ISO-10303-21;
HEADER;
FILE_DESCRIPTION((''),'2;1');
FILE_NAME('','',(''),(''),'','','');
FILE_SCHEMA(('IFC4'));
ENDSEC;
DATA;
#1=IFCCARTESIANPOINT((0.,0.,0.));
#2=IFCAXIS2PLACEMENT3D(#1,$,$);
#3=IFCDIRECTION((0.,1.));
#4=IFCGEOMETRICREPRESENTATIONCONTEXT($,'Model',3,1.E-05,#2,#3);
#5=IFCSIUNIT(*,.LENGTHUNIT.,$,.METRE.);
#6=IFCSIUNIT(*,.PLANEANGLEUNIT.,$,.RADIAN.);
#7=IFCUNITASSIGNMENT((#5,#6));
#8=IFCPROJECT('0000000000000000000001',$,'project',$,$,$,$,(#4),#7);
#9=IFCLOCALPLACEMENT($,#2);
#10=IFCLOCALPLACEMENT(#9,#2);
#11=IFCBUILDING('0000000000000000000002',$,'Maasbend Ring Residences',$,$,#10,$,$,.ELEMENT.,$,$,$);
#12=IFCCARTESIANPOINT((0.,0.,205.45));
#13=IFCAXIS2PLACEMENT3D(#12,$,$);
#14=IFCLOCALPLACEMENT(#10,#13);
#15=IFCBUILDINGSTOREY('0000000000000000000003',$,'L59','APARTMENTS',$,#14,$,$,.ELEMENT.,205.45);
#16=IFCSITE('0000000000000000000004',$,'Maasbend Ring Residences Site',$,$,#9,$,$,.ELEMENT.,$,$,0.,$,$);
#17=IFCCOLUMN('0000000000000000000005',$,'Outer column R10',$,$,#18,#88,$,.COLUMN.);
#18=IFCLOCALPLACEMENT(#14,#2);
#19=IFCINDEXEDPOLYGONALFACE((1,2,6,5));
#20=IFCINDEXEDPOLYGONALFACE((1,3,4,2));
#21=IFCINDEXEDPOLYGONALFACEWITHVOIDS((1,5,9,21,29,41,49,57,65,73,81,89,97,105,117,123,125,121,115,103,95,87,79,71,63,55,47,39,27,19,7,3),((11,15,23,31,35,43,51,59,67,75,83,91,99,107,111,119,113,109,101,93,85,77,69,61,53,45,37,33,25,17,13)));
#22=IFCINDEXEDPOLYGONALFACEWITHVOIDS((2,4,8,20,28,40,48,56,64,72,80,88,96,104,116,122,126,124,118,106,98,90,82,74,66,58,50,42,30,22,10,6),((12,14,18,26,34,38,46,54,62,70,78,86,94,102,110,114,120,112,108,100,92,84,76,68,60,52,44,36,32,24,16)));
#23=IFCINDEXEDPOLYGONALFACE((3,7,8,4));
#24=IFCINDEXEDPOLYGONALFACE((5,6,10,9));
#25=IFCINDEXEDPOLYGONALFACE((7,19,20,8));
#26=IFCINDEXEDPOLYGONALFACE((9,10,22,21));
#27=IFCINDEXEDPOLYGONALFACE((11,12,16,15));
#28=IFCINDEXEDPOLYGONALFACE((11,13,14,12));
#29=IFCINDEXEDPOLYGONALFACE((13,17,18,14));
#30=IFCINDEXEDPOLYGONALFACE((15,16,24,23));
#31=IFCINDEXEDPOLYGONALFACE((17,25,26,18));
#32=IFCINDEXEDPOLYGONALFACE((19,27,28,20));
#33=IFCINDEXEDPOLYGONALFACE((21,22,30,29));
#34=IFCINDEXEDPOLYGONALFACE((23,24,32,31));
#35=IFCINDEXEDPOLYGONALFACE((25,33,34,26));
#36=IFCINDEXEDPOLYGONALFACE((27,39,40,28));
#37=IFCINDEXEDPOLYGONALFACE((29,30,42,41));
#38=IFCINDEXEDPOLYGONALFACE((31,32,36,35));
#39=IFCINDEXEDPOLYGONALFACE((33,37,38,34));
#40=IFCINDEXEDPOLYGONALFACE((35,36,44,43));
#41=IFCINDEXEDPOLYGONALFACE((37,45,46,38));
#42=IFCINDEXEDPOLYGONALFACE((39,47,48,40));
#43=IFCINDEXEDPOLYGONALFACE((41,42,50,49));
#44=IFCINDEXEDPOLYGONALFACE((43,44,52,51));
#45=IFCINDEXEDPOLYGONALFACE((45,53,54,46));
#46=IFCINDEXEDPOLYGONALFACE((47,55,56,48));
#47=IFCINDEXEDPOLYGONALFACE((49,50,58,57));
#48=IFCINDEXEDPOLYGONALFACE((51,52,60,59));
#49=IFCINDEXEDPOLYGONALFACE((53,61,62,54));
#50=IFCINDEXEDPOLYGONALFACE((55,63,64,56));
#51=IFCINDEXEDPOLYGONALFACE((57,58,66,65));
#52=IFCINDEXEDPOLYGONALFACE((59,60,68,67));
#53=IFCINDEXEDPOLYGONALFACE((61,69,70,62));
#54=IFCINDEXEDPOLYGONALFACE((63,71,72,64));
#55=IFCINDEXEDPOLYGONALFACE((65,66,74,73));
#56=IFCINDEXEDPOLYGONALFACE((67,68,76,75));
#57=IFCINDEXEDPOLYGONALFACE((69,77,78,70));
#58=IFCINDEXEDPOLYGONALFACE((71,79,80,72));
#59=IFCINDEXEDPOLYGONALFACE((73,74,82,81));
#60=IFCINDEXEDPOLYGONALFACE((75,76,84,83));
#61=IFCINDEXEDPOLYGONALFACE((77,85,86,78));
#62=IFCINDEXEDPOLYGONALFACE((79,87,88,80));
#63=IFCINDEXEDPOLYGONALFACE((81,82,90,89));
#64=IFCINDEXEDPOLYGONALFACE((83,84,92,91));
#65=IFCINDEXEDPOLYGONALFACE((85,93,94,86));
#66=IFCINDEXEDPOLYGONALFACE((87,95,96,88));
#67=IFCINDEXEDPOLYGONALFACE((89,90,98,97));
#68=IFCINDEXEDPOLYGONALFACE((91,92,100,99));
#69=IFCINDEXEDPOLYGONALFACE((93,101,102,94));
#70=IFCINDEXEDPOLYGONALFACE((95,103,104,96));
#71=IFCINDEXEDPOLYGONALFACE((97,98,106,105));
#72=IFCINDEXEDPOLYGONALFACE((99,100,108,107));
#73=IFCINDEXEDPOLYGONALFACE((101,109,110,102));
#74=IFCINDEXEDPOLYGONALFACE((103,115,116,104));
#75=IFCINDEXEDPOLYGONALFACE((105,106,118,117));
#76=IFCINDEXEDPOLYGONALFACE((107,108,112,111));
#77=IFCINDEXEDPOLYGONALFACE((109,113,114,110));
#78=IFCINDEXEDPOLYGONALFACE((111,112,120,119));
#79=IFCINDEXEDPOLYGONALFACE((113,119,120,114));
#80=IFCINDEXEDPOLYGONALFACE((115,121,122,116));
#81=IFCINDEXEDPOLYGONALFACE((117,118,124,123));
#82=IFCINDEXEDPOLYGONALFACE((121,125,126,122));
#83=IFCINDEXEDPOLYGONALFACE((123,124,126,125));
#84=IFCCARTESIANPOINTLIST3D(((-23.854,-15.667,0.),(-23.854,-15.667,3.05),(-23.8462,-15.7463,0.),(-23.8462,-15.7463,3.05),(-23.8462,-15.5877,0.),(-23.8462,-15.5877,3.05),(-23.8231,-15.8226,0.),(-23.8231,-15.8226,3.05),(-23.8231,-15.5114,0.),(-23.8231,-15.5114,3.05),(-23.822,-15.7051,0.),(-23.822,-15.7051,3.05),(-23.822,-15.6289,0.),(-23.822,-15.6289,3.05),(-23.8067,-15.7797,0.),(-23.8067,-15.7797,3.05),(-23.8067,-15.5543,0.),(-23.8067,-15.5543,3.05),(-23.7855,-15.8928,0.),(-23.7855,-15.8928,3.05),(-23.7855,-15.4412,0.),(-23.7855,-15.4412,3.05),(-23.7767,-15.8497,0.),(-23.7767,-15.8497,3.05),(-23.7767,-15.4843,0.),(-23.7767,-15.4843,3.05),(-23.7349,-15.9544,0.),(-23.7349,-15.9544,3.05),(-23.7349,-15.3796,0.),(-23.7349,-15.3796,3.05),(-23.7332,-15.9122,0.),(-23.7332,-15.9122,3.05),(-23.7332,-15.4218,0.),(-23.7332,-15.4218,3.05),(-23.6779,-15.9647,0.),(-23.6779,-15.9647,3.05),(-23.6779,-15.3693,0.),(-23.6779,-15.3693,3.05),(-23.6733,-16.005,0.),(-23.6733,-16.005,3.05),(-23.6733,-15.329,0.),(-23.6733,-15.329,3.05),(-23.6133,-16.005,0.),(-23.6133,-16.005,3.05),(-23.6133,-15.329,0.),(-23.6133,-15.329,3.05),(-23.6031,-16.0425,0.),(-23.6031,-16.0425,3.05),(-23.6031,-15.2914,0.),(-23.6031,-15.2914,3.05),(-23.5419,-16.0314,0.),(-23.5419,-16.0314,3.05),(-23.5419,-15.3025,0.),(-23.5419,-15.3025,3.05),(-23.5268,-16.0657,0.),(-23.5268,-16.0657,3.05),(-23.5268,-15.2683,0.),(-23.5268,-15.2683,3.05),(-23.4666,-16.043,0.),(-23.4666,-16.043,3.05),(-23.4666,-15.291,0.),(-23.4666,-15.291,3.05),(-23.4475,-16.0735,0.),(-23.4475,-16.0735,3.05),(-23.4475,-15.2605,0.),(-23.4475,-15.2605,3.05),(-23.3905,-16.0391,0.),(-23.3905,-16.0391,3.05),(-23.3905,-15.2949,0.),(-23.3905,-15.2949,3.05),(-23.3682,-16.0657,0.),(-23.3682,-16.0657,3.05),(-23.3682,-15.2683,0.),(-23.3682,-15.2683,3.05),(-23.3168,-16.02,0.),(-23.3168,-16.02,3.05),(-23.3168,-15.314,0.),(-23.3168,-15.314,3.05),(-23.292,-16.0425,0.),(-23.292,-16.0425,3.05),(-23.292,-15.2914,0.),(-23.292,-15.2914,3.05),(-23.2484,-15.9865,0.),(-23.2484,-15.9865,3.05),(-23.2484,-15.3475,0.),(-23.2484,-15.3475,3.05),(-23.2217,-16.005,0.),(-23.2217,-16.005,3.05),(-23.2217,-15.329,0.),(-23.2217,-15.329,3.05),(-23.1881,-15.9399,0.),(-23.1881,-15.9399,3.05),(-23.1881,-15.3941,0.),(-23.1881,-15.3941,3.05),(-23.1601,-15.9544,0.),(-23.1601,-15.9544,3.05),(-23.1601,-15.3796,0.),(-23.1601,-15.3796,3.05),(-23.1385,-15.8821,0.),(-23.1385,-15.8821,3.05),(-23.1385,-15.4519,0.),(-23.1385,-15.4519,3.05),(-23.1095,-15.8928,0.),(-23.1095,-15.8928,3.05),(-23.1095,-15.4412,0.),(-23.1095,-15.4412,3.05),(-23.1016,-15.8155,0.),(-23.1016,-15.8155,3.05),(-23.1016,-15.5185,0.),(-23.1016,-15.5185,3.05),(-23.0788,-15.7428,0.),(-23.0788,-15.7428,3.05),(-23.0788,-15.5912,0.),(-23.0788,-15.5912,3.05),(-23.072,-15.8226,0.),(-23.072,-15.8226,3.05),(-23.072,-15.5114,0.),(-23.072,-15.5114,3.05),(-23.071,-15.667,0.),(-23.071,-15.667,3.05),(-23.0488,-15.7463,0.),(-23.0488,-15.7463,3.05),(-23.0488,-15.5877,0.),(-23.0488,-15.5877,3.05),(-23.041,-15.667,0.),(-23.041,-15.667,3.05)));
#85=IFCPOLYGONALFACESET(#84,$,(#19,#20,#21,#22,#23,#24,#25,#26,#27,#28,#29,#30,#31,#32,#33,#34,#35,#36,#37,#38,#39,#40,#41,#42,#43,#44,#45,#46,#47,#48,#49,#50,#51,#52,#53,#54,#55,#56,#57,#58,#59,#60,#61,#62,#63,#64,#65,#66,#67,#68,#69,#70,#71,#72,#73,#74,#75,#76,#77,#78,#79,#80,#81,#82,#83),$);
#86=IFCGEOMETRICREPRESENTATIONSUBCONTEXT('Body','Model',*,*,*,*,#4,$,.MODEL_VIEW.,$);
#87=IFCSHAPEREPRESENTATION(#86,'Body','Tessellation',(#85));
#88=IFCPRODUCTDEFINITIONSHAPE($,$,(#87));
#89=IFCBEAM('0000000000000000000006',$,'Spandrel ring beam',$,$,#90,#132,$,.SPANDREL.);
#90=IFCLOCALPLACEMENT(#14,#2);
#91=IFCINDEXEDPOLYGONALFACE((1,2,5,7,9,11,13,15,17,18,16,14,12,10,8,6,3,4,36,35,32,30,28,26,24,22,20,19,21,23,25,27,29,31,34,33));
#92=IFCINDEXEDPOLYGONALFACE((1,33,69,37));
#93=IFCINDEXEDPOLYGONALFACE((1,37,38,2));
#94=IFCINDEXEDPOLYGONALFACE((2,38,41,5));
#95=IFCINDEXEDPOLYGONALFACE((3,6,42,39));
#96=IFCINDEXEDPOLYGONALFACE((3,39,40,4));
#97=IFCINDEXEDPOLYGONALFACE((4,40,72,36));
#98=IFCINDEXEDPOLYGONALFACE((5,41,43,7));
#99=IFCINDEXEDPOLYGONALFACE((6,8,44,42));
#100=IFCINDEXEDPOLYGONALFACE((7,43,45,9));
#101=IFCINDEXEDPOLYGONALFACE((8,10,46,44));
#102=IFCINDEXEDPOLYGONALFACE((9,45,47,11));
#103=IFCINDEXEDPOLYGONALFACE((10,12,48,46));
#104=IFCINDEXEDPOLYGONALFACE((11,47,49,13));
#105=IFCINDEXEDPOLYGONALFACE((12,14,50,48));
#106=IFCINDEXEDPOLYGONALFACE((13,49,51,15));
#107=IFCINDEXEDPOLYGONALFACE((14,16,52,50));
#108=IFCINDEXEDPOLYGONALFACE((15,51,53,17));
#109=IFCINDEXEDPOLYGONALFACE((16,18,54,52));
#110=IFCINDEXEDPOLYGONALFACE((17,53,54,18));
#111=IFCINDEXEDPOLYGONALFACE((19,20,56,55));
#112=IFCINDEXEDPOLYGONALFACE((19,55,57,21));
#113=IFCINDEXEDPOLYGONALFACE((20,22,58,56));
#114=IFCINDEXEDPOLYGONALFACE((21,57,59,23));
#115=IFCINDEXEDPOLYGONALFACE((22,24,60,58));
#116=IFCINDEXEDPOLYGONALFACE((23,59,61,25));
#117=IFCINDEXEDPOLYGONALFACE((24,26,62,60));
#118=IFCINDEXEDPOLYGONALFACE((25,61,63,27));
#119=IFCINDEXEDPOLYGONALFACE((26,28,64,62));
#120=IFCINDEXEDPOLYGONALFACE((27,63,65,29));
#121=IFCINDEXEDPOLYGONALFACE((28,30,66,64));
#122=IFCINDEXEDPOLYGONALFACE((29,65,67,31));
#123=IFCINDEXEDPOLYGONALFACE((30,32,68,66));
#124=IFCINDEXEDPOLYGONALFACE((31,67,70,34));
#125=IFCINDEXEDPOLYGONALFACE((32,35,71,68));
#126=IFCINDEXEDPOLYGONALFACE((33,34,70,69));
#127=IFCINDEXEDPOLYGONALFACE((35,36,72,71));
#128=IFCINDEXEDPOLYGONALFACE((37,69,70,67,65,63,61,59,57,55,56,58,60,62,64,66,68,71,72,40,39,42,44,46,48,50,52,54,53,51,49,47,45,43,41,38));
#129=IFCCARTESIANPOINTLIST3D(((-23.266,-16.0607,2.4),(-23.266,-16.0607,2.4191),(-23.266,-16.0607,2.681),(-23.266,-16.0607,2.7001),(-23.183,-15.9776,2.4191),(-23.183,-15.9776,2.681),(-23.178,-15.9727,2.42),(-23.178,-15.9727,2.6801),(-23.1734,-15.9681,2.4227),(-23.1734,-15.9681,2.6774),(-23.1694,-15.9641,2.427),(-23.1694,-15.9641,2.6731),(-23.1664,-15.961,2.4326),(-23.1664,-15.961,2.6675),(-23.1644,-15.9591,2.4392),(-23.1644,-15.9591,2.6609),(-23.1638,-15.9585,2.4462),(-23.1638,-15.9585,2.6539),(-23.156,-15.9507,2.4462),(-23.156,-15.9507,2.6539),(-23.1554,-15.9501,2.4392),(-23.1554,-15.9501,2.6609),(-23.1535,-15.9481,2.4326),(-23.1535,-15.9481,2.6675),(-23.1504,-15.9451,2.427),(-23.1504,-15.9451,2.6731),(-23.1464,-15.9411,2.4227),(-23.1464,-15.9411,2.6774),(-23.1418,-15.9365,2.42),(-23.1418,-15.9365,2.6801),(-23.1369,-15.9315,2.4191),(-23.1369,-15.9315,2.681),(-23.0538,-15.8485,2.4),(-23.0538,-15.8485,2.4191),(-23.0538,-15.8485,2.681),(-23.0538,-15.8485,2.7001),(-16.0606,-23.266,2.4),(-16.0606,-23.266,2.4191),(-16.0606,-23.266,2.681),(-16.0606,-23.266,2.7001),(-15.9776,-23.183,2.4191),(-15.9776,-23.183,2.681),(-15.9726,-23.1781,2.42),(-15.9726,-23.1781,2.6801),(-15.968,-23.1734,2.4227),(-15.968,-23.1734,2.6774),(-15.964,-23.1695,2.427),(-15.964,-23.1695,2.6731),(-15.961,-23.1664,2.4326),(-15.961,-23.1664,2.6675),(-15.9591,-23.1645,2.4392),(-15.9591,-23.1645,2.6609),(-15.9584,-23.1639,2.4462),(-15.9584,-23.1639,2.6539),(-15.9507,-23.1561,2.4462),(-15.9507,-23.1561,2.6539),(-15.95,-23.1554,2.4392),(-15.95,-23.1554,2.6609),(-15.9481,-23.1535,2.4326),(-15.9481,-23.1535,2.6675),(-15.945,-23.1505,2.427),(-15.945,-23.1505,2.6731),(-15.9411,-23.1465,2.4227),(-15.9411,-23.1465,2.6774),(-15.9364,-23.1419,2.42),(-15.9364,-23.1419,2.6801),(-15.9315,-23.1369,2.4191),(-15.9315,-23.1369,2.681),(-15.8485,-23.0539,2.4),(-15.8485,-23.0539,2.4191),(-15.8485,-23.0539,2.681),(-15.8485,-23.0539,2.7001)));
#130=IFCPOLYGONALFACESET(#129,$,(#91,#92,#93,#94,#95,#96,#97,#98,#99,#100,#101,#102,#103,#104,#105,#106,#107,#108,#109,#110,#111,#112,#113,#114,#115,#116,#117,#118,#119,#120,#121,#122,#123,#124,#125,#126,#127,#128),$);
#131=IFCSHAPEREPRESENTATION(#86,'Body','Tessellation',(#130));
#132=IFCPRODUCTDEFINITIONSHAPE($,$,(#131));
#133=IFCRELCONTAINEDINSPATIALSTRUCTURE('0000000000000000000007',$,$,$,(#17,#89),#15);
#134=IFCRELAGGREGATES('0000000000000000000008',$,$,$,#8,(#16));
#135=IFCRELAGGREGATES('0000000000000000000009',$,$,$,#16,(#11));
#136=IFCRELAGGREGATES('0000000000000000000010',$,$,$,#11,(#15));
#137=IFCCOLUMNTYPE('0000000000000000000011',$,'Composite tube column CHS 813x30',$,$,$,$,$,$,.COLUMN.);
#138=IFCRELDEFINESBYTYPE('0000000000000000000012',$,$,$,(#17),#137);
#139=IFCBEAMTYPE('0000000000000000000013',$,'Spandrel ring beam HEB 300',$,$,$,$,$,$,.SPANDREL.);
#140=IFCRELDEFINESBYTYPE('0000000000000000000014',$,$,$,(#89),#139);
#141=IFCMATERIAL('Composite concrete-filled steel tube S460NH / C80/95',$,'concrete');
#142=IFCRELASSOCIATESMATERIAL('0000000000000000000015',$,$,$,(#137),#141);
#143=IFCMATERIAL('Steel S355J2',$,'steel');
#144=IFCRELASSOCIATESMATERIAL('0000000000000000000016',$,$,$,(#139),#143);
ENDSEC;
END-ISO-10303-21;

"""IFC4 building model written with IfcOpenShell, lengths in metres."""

from ifc_helpers import new_model, si_unit, direction, frame, origin, origin_2d, place, context, subcontext, project, spatial, hollow_circle, i_section, extrude, material, material_profile, profile_set, type_object, element, save


model = new_model("IFC4")

# Units and contexts
model_context = context("Model", 3, precision=1e-05, world=origin(), true_north=direction((0.0, 1.0)))
body_context = subcontext(model_context, "Body", "Model", "MODEL_VIEW")
ifc_project = project(units=[si_unit("LENGTHUNIT", "METRE"), si_unit("PLANEANGLEUNIT", "RADIAN")], contexts=[model_context])

# Site, building, storey
site_placement = place(None, origin())
site = spatial("IfcSite", under=ifc_project, at=site_placement, Name="Maasbend Ring Residences Site", CompositionType="ELEMENT", RefElevation=0.0)
building_placement = place(site_placement, origin())
building = spatial("IfcBuilding", under=site, at=building_placement, Name="Maasbend Ring Residences", CompositionType="ELEMENT")
storey_placement = place(building_placement, frame((0.0, 0.0, 205.45)))
storey = spatial("IfcBuildingStorey", under=building, at=storey_placement, Name="L59", Description="APARTMENTS", CompositionType="ELEMENT", Elevation=205.45)

# Column
ifc_material_1 = material(Name="Composite concrete-filled steel tube S460NH / C80/95", Category="concrete")
ifc_material_profile_1 = material_profile(ifc_material_1, hollow_circle(Radius=0.4065, WallThickness=0.03, at=origin_2d()), Name="Composite tube column CHS 813x30")
ifc_profile_set_1 = profile_set([ifc_material_profile_1], Name="Composite concrete-filled steel tube S460NH / C80/95")
column_type = type_object("IfcColumnType", Name="Composite tube column CHS 813x30", PredefinedType="COLUMN", material=ifc_profile_set_1)
column_placement = place(storey_placement, frame((-23.4475, -15.667, 0.0), z_axis=(0.0, 0.0, 1.0), x_axis=(1.0, 0.0, 0.0)))
element("IfcColumn", 1, at=column_placement, inside=storey, type_object=column_type, Name="Outer column R10", PredefinedType="COLUMN", context=body_context, shape_type="SweptSolid", body=[
    extrude(hollow_circle(Radius=0.4065, WallThickness=0.03, at=origin_2d()), origin(), (0.0, 0.0, 1.0), 3.05),
])

# Beam
ifc_material_2 = material(Name="Steel S355J2", Category="steel")
ifc_material_profile_2 = material_profile(ifc_material_2, i_section(OverallWidth=0.3, OverallDepth=0.3, WebThickness=0.011, FlangeThickness=0.019, FilletRadius=0.0271, at=origin_2d()), Name="HEB 300")
ifc_profile_set_2 = profile_set([ifc_material_profile_2], Name="Steel S355J2")
beam_type = type_object("IfcBeamType", Name="Spandrel ring beam HEB 300", PredefinedType="SPANDREL", material=ifc_profile_set_2)
beam_placement = place(storey_placement, frame((-23.1599, -15.9546, 2.55), z_axis=(0.707107, -0.707107, 0.0), x_axis=(0.707107, 0.707107, 0.0)))
element("IfcBeam", 2, at=beam_placement, inside=storey, type_object=beam_type, Name="Spandrel ring beam", PredefinedType="SPANDREL", context=body_context, shape_type="SweptSolid", body=[
    extrude(i_section(OverallWidth=0.3, OverallDepth=0.3, WebThickness=0.011, FlangeThickness=0.019, FilletRadius=0.0271, at=origin_2d()), origin(), (0.0, 0.0, 1.0), 10.1899),
])

save(model, "model.ifc")
